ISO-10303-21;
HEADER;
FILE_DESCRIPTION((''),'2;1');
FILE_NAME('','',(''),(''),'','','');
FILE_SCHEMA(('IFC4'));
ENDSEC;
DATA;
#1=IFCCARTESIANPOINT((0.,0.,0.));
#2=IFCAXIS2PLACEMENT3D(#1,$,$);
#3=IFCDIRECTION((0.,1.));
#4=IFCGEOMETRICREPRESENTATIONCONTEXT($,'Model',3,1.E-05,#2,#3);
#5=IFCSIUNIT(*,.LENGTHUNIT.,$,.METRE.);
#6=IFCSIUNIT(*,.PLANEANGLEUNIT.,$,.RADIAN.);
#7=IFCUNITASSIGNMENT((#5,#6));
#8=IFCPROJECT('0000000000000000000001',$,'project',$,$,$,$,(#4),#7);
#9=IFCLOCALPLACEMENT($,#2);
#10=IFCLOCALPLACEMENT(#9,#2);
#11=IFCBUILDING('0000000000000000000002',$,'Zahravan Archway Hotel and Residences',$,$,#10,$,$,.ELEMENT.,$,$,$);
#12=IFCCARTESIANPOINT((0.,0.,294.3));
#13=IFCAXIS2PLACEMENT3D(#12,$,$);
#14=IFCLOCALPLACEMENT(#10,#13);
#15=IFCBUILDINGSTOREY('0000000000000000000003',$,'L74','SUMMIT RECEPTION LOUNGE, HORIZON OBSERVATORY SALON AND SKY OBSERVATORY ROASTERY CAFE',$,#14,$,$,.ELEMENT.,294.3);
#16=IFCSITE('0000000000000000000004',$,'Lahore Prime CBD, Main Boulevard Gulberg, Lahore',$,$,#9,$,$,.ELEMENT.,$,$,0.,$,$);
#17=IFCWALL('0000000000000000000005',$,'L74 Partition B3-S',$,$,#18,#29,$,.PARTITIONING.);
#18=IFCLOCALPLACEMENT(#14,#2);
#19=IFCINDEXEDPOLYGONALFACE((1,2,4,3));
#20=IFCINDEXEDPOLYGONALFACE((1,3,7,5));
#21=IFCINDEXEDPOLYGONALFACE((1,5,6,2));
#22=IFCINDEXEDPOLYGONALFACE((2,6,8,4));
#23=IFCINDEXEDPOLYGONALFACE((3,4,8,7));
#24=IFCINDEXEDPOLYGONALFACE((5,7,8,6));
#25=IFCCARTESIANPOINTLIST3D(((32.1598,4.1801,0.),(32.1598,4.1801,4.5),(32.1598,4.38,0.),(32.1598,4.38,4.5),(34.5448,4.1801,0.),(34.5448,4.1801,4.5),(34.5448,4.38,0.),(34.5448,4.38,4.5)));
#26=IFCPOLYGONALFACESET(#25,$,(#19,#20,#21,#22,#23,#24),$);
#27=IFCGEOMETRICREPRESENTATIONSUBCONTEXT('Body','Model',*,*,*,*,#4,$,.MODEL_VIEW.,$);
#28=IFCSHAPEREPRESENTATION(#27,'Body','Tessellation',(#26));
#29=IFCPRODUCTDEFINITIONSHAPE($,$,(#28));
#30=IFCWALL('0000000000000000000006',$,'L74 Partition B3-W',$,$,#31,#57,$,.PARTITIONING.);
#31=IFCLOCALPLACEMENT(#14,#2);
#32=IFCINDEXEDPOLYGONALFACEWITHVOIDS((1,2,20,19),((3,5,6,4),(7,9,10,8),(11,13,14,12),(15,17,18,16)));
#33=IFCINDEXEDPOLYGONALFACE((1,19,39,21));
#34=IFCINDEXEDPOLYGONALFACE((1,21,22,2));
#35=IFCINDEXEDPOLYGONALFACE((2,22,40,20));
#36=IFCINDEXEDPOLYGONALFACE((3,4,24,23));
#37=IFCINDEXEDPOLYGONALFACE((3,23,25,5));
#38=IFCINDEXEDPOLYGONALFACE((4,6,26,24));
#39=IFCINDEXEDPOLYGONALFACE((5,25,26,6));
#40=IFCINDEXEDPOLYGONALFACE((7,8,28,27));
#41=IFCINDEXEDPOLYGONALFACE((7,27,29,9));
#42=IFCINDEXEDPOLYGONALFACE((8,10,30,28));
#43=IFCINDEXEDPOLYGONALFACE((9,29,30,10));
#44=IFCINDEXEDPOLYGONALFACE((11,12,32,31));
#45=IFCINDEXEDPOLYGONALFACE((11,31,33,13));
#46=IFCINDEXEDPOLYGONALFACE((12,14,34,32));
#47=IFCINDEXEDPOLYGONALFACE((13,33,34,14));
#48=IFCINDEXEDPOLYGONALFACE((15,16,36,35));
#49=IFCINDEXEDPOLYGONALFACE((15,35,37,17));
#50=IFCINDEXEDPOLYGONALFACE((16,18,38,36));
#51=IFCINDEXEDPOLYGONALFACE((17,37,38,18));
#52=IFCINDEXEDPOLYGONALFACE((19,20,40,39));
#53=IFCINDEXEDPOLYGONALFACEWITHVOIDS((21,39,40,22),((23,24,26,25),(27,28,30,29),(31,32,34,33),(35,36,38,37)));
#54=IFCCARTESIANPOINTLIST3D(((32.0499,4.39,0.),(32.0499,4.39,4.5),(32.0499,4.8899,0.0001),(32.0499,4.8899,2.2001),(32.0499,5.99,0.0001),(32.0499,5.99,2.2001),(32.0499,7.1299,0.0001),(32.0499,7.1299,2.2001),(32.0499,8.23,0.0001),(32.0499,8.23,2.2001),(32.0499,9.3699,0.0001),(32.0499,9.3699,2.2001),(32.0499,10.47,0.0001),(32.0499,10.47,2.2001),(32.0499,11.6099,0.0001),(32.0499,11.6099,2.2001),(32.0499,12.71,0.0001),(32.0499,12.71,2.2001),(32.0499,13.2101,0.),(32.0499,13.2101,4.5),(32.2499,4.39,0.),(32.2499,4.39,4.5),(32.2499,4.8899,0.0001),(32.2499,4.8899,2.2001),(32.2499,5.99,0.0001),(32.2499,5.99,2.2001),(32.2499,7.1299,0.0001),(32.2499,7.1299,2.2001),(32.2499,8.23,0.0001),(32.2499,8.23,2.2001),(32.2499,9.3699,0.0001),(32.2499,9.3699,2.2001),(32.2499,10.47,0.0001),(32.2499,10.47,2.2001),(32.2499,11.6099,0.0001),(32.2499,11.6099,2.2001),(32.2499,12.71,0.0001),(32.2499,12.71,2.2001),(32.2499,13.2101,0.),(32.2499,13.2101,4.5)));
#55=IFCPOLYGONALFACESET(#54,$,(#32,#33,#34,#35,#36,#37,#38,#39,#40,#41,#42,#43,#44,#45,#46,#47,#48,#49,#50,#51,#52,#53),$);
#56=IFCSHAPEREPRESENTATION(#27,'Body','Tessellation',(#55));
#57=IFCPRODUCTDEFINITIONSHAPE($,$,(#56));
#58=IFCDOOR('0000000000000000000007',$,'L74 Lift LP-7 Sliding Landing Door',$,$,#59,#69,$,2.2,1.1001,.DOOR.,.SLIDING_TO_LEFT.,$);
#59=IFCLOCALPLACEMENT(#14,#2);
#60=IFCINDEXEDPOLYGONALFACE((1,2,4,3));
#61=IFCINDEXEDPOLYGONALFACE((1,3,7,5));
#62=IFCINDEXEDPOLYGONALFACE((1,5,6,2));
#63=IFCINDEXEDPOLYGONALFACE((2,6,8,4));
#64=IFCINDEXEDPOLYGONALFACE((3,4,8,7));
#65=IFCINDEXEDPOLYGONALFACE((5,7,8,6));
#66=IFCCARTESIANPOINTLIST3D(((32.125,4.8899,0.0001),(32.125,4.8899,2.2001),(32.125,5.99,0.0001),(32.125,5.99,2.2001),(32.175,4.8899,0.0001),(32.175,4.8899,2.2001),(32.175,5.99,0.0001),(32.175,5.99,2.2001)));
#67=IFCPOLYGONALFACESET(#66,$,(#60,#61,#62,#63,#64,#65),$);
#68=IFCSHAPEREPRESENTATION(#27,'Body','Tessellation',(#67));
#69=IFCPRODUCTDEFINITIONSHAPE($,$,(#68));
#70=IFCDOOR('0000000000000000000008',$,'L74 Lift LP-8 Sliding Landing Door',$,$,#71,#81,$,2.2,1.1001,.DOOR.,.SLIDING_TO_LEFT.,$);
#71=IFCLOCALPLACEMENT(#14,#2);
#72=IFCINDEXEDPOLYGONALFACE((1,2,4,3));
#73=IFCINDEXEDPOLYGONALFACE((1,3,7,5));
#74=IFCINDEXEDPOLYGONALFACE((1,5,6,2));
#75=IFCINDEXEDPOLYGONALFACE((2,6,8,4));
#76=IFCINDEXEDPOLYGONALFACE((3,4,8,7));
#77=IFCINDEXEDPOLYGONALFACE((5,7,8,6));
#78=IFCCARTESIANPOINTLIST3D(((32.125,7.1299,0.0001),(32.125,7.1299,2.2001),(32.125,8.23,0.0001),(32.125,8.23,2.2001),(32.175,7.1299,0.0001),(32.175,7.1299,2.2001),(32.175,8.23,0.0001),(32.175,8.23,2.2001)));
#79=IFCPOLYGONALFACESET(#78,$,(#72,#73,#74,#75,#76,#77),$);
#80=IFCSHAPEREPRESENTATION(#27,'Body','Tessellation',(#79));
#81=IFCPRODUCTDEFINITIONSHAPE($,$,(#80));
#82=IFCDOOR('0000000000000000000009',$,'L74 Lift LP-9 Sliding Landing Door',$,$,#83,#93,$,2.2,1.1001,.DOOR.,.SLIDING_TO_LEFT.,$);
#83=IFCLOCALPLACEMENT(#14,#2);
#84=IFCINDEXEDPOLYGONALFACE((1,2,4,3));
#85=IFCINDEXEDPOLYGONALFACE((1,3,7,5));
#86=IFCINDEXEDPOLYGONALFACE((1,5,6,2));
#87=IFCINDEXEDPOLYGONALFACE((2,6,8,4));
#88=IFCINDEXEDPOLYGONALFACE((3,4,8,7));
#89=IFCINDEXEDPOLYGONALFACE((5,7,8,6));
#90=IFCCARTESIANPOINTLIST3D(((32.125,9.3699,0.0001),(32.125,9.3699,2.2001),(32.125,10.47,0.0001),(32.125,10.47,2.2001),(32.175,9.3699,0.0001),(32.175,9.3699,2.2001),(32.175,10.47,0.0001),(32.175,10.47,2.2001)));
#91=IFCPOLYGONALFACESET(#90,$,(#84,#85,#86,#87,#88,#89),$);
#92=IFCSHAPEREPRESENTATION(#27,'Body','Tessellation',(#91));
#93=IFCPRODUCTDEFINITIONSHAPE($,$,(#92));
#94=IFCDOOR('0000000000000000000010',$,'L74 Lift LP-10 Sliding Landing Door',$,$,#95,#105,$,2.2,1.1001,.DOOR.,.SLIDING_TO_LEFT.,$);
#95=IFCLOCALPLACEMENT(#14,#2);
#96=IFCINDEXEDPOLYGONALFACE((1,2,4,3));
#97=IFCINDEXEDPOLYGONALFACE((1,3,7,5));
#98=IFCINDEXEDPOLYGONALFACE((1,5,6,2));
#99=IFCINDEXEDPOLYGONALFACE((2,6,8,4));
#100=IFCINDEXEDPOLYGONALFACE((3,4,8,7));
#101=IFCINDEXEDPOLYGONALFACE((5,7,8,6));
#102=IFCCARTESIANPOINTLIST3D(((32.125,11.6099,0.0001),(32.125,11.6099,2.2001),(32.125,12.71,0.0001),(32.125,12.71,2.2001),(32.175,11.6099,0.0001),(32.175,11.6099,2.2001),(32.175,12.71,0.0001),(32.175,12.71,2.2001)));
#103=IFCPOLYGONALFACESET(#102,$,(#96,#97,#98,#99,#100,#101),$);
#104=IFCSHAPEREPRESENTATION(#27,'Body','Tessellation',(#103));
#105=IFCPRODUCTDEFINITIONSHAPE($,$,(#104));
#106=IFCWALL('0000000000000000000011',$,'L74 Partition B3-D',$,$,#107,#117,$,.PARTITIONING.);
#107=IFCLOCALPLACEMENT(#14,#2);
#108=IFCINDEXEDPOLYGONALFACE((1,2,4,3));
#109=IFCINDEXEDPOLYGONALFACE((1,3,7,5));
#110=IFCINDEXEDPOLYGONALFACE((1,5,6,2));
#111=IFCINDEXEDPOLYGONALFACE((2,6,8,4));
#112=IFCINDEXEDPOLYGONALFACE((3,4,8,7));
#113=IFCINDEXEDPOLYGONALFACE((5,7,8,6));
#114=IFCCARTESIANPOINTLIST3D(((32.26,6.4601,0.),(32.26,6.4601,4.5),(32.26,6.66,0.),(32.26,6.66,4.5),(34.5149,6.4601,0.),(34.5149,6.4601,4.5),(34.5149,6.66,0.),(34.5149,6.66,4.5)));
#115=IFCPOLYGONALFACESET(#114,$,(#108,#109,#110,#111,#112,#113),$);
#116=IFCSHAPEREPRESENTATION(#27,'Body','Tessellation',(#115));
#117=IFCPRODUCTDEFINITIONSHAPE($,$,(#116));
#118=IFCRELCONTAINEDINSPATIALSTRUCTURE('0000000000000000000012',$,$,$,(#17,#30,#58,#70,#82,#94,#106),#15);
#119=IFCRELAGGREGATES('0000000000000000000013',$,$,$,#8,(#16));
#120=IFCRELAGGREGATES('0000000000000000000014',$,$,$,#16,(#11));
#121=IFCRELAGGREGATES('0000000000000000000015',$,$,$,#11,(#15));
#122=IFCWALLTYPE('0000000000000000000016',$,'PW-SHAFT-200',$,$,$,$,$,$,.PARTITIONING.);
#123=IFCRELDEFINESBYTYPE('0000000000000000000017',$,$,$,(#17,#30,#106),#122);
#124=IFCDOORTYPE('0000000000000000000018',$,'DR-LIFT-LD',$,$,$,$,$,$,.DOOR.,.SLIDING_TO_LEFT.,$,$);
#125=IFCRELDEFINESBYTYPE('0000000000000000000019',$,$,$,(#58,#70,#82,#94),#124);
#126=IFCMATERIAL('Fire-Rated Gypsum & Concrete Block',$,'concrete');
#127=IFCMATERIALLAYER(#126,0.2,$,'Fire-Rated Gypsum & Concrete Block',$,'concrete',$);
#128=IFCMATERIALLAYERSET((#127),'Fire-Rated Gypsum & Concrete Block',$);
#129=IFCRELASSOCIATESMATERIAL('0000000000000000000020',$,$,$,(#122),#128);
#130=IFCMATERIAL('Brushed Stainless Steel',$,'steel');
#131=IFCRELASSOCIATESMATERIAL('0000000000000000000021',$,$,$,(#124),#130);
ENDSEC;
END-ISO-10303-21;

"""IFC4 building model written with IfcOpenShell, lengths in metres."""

from ifc_helpers import new_model, si_unit, direction, frame, frame_2d, origin, place, context, subcontext, project, spatial, rectangle, extrude, source, transform, mapped, material, layer, layer_set, type_object, type_shapes, element, fill, save


model = new_model("IFC4")

# Units and contexts
model_context = context("Model", 3, precision=1e-05, world=origin(), true_north=direction((0.0, 1.0)))
body_context = subcontext(model_context, "Body", "Model", "MODEL_VIEW")
ifc_project = project(units=[si_unit("LENGTHUNIT", "METRE"), si_unit("PLANEANGLEUNIT", "RADIAN")], contexts=[model_context])

# Site, building, storey
site_placement = place(None, origin())
site = spatial("IfcSite", under=ifc_project, at=site_placement, Name="Lahore Prime CBD, Main Boulevard Gulberg, Lahore", CompositionType="ELEMENT", RefElevation=0.0)
building_placement = place(site_placement, origin())
building = spatial("IfcBuilding", under=site, at=building_placement, Name="Zahravan Archway Hotel and Residences", CompositionType="ELEMENT")
storey_placement = place(building_placement, frame((0.0, 0.0, 294.3)))
storey = spatial("IfcBuildingStorey", under=building, at=storey_placement, Name="L74", Description="SUMMIT RECEPTION LOUNGE, HORIZON OBSERVATORY SALON AND SKY OBSERVATORY ROASTERY CAFE", CompositionType="ELEMENT", Elevation=294.3)

# Shared definitions
ifc_material_1 = material(Name="Fire-Rated Gypsum & Concrete Block", Category="concrete")

# Wall
ifc_layer_1 = layer(ifc_material_1, 0.2, Name="Fire-Rated Gypsum & Concrete Block", Category="concrete")
ifc_layer_set_1 = layer_set([ifc_layer_1], Name="Fire-Rated Gypsum & Concrete Block")
wall_type_1 = type_object("IfcWallType", Name="PW-SHAFT-200", PredefinedType="PARTITIONING", material=ifc_layer_set_1)
wall_1_placement = place(storey_placement, frame((32.1599, 4.28, 0.0), z_axis=(0.0, 0.0, 1.0), x_axis=(1.0, 0.0, 0.0)))
element("IfcWall", 1, at=wall_1_placement, inside=storey, type_object=wall_type_1, Name="L74 Partition B3-S", PredefinedType="PARTITIONING", context=body_context, shape_type="SweptSolid", body=[
    extrude(rectangle(XDim=2.385, YDim=0.2, at=frame_2d((1.1924, 0.0))), origin(), (0.0, 0.0, 1.0), 4.5),
])

# Wall, openings, doors
wall_2_placement = place(storey_placement, frame((32.1499, 4.3899, 0.0), z_axis=(0.0, 0.0, 1.0), x_axis=(0.0, 1.0, 0.0)))
wall_2 = element("IfcWall", 2, at=wall_2_placement, inside=storey, type_object=wall_type_1, Name="L74 Partition B3-W", PredefinedType="PARTITIONING", context=body_context, shape_type="SweptSolid", body=[
    extrude(rectangle(XDim=8.8201, YDim=0.2, at=frame_2d((4.4102, 0.0))), origin(), (0.0, 0.0, 1.0), 4.5),
])
opening_1_placement = place(wall_2_placement, frame((0.5, 0.0, 0.0)))
opening_1 = element("IfcOpeningElement", 3, at=opening_1_placement, cuts=wall_2, PredefinedType="OPENING", context=body_context, shape_type="SweptSolid", body=[
    extrude(rectangle(XDim=1.1001, YDim=2.2, at=frame_2d((0.55, 1.1001))), frame((0.0, 0.1099, 0.0), z_axis=(0.0, -1.0, 0.0), x_axis=(1.0, 0.0, 0.0)), (0.0, 0.0, 1.0), 0.22),
])
opening_2_placement = place(wall_2_placement, frame((2.74, 0.0, 0.0)))
opening_2 = element("IfcOpeningElement", 4, at=opening_2_placement, cuts=wall_2, PredefinedType="OPENING", context=body_context, shape_type="SweptSolid", body=[
    extrude(rectangle(XDim=1.1001, YDim=2.2, at=frame_2d((0.55, 1.1001))), frame((0.0, 0.1099, 0.0), z_axis=(0.0, -1.0, 0.0), x_axis=(1.0, 0.0, 0.0)), (0.0, 0.0, 1.0), 0.22),
])
opening_3_placement = place(wall_2_placement, frame((4.98, 0.0, 0.0)))
opening_3 = element("IfcOpeningElement", 5, at=opening_3_placement, cuts=wall_2, PredefinedType="OPENING", context=body_context, shape_type="SweptSolid", body=[
    extrude(rectangle(XDim=1.1001, YDim=2.2, at=frame_2d((0.55, 1.1001))), frame((0.0, 0.1099, 0.0), z_axis=(0.0, -1.0, 0.0), x_axis=(1.0, 0.0, 0.0)), (0.0, 0.0, 1.0), 0.22),
])
opening_4_placement = place(wall_2_placement, frame((7.22, 0.0, 0.0)))
opening_4 = element("IfcOpeningElement", 6, at=opening_4_placement, cuts=wall_2, PredefinedType="OPENING", context=body_context, shape_type="SweptSolid", body=[
    extrude(rectangle(XDim=1.1001, YDim=2.2, at=frame_2d((0.55, 1.1001))), frame((0.0, 0.1099, 0.0), z_axis=(0.0, -1.0, 0.0), x_axis=(1.0, 0.0, 0.0)), (0.0, 0.0, 1.0), 0.22),
])
ifc_material_2 = material(Name="Brushed Stainless Steel", Category="steel")
door_type_1 = type_object("IfcDoorType", Name="DR-LIFT-LD", OperationType="SLIDING_TO_LEFT", PredefinedType="DOOR", material=ifc_material_2)
shared_shape_1 = source(origin(), body_context, "Body", "SweptSolid", [
    extrude(rectangle(XDim=1.1001, YDim=2.2, at=frame_2d((0.55, 1.1001))), frame((0.0, 0.0249, 0.0), z_axis=(0.0, -1.0, 0.0), x_axis=(1.0, 0.0, 0.0)), (0.0, 0.0, 1.0), 0.05),
])
type_shapes(door_type_1, [shared_shape_1])
door_1_placement = place(opening_1_placement, origin())
door_1 = element("IfcDoor", 7, at=door_1_placement, inside=storey, type_object=door_type_1, Name="L74 Lift LP-7 Sliding Landing Door", OperationType="SLIDING_TO_LEFT", OverallHeight=2.2, OverallWidth=1.1001, PredefinedType="DOOR", context=body_context, shape_type="MappedRepresentation", body=[
    mapped(shared_shape_1, transform((0.0, 0.0, 0.0), scale=1.0)),
])
fill(opening_1, door_1)
door_2_placement = place(opening_2_placement, origin())
door_2 = element("IfcDoor", 8, at=door_2_placement, inside=storey, type_object=door_type_1, Name="L74 Lift LP-8 Sliding Landing Door", OperationType="SLIDING_TO_LEFT", OverallHeight=2.2, OverallWidth=1.1001, PredefinedType="DOOR", context=body_context, shape_type="MappedRepresentation", body=[
    mapped(shared_shape_1, transform((0.0, 0.0, 0.0), scale=1.0)),
])
fill(opening_2, door_2)
door_3_placement = place(opening_3_placement, origin())
door_3 = element("IfcDoor", 9, at=door_3_placement, inside=storey, type_object=door_type_1, Name="L74 Lift LP-9 Sliding Landing Door", OperationType="SLIDING_TO_LEFT", OverallHeight=2.2, OverallWidth=1.1001, PredefinedType="DOOR", context=body_context, shape_type="MappedRepresentation", body=[
    mapped(shared_shape_1, transform((0.0, 0.0, 0.0), scale=1.0)),
])
fill(opening_3, door_3)
door_4_placement = place(opening_4_placement, origin())
door_4 = element("IfcDoor", 10, at=door_4_placement, inside=storey, type_object=door_type_1, Name="L74 Lift LP-10 Sliding Landing Door", OperationType="SLIDING_TO_LEFT", OverallHeight=2.2, OverallWidth=1.1001, PredefinedType="DOOR", context=body_context, shape_type="MappedRepresentation", body=[
    mapped(shared_shape_1, transform((0.0, 0.0, 0.0), scale=1.0)),
])
fill(opening_4, door_4)

# Wall
wall_3_placement = place(storey_placement, frame((32.26, 6.5601, 0.0), z_axis=(0.0, 0.0, 1.0), x_axis=(1.0, 0.0, 0.0)))
element("IfcWall", 11, at=wall_3_placement, inside=storey, type_object=wall_type_1, Name="L74 Partition B3-D", PredefinedType="PARTITIONING", context=body_context, shape_type="SweptSolid", body=[
    extrude(rectangle(XDim=2.2549, YDim=0.2, at=frame_2d((1.1274, 0.0))), origin(), (0.0, 0.0, 1.0), 4.5),
])

save(model, "model.ifc")
